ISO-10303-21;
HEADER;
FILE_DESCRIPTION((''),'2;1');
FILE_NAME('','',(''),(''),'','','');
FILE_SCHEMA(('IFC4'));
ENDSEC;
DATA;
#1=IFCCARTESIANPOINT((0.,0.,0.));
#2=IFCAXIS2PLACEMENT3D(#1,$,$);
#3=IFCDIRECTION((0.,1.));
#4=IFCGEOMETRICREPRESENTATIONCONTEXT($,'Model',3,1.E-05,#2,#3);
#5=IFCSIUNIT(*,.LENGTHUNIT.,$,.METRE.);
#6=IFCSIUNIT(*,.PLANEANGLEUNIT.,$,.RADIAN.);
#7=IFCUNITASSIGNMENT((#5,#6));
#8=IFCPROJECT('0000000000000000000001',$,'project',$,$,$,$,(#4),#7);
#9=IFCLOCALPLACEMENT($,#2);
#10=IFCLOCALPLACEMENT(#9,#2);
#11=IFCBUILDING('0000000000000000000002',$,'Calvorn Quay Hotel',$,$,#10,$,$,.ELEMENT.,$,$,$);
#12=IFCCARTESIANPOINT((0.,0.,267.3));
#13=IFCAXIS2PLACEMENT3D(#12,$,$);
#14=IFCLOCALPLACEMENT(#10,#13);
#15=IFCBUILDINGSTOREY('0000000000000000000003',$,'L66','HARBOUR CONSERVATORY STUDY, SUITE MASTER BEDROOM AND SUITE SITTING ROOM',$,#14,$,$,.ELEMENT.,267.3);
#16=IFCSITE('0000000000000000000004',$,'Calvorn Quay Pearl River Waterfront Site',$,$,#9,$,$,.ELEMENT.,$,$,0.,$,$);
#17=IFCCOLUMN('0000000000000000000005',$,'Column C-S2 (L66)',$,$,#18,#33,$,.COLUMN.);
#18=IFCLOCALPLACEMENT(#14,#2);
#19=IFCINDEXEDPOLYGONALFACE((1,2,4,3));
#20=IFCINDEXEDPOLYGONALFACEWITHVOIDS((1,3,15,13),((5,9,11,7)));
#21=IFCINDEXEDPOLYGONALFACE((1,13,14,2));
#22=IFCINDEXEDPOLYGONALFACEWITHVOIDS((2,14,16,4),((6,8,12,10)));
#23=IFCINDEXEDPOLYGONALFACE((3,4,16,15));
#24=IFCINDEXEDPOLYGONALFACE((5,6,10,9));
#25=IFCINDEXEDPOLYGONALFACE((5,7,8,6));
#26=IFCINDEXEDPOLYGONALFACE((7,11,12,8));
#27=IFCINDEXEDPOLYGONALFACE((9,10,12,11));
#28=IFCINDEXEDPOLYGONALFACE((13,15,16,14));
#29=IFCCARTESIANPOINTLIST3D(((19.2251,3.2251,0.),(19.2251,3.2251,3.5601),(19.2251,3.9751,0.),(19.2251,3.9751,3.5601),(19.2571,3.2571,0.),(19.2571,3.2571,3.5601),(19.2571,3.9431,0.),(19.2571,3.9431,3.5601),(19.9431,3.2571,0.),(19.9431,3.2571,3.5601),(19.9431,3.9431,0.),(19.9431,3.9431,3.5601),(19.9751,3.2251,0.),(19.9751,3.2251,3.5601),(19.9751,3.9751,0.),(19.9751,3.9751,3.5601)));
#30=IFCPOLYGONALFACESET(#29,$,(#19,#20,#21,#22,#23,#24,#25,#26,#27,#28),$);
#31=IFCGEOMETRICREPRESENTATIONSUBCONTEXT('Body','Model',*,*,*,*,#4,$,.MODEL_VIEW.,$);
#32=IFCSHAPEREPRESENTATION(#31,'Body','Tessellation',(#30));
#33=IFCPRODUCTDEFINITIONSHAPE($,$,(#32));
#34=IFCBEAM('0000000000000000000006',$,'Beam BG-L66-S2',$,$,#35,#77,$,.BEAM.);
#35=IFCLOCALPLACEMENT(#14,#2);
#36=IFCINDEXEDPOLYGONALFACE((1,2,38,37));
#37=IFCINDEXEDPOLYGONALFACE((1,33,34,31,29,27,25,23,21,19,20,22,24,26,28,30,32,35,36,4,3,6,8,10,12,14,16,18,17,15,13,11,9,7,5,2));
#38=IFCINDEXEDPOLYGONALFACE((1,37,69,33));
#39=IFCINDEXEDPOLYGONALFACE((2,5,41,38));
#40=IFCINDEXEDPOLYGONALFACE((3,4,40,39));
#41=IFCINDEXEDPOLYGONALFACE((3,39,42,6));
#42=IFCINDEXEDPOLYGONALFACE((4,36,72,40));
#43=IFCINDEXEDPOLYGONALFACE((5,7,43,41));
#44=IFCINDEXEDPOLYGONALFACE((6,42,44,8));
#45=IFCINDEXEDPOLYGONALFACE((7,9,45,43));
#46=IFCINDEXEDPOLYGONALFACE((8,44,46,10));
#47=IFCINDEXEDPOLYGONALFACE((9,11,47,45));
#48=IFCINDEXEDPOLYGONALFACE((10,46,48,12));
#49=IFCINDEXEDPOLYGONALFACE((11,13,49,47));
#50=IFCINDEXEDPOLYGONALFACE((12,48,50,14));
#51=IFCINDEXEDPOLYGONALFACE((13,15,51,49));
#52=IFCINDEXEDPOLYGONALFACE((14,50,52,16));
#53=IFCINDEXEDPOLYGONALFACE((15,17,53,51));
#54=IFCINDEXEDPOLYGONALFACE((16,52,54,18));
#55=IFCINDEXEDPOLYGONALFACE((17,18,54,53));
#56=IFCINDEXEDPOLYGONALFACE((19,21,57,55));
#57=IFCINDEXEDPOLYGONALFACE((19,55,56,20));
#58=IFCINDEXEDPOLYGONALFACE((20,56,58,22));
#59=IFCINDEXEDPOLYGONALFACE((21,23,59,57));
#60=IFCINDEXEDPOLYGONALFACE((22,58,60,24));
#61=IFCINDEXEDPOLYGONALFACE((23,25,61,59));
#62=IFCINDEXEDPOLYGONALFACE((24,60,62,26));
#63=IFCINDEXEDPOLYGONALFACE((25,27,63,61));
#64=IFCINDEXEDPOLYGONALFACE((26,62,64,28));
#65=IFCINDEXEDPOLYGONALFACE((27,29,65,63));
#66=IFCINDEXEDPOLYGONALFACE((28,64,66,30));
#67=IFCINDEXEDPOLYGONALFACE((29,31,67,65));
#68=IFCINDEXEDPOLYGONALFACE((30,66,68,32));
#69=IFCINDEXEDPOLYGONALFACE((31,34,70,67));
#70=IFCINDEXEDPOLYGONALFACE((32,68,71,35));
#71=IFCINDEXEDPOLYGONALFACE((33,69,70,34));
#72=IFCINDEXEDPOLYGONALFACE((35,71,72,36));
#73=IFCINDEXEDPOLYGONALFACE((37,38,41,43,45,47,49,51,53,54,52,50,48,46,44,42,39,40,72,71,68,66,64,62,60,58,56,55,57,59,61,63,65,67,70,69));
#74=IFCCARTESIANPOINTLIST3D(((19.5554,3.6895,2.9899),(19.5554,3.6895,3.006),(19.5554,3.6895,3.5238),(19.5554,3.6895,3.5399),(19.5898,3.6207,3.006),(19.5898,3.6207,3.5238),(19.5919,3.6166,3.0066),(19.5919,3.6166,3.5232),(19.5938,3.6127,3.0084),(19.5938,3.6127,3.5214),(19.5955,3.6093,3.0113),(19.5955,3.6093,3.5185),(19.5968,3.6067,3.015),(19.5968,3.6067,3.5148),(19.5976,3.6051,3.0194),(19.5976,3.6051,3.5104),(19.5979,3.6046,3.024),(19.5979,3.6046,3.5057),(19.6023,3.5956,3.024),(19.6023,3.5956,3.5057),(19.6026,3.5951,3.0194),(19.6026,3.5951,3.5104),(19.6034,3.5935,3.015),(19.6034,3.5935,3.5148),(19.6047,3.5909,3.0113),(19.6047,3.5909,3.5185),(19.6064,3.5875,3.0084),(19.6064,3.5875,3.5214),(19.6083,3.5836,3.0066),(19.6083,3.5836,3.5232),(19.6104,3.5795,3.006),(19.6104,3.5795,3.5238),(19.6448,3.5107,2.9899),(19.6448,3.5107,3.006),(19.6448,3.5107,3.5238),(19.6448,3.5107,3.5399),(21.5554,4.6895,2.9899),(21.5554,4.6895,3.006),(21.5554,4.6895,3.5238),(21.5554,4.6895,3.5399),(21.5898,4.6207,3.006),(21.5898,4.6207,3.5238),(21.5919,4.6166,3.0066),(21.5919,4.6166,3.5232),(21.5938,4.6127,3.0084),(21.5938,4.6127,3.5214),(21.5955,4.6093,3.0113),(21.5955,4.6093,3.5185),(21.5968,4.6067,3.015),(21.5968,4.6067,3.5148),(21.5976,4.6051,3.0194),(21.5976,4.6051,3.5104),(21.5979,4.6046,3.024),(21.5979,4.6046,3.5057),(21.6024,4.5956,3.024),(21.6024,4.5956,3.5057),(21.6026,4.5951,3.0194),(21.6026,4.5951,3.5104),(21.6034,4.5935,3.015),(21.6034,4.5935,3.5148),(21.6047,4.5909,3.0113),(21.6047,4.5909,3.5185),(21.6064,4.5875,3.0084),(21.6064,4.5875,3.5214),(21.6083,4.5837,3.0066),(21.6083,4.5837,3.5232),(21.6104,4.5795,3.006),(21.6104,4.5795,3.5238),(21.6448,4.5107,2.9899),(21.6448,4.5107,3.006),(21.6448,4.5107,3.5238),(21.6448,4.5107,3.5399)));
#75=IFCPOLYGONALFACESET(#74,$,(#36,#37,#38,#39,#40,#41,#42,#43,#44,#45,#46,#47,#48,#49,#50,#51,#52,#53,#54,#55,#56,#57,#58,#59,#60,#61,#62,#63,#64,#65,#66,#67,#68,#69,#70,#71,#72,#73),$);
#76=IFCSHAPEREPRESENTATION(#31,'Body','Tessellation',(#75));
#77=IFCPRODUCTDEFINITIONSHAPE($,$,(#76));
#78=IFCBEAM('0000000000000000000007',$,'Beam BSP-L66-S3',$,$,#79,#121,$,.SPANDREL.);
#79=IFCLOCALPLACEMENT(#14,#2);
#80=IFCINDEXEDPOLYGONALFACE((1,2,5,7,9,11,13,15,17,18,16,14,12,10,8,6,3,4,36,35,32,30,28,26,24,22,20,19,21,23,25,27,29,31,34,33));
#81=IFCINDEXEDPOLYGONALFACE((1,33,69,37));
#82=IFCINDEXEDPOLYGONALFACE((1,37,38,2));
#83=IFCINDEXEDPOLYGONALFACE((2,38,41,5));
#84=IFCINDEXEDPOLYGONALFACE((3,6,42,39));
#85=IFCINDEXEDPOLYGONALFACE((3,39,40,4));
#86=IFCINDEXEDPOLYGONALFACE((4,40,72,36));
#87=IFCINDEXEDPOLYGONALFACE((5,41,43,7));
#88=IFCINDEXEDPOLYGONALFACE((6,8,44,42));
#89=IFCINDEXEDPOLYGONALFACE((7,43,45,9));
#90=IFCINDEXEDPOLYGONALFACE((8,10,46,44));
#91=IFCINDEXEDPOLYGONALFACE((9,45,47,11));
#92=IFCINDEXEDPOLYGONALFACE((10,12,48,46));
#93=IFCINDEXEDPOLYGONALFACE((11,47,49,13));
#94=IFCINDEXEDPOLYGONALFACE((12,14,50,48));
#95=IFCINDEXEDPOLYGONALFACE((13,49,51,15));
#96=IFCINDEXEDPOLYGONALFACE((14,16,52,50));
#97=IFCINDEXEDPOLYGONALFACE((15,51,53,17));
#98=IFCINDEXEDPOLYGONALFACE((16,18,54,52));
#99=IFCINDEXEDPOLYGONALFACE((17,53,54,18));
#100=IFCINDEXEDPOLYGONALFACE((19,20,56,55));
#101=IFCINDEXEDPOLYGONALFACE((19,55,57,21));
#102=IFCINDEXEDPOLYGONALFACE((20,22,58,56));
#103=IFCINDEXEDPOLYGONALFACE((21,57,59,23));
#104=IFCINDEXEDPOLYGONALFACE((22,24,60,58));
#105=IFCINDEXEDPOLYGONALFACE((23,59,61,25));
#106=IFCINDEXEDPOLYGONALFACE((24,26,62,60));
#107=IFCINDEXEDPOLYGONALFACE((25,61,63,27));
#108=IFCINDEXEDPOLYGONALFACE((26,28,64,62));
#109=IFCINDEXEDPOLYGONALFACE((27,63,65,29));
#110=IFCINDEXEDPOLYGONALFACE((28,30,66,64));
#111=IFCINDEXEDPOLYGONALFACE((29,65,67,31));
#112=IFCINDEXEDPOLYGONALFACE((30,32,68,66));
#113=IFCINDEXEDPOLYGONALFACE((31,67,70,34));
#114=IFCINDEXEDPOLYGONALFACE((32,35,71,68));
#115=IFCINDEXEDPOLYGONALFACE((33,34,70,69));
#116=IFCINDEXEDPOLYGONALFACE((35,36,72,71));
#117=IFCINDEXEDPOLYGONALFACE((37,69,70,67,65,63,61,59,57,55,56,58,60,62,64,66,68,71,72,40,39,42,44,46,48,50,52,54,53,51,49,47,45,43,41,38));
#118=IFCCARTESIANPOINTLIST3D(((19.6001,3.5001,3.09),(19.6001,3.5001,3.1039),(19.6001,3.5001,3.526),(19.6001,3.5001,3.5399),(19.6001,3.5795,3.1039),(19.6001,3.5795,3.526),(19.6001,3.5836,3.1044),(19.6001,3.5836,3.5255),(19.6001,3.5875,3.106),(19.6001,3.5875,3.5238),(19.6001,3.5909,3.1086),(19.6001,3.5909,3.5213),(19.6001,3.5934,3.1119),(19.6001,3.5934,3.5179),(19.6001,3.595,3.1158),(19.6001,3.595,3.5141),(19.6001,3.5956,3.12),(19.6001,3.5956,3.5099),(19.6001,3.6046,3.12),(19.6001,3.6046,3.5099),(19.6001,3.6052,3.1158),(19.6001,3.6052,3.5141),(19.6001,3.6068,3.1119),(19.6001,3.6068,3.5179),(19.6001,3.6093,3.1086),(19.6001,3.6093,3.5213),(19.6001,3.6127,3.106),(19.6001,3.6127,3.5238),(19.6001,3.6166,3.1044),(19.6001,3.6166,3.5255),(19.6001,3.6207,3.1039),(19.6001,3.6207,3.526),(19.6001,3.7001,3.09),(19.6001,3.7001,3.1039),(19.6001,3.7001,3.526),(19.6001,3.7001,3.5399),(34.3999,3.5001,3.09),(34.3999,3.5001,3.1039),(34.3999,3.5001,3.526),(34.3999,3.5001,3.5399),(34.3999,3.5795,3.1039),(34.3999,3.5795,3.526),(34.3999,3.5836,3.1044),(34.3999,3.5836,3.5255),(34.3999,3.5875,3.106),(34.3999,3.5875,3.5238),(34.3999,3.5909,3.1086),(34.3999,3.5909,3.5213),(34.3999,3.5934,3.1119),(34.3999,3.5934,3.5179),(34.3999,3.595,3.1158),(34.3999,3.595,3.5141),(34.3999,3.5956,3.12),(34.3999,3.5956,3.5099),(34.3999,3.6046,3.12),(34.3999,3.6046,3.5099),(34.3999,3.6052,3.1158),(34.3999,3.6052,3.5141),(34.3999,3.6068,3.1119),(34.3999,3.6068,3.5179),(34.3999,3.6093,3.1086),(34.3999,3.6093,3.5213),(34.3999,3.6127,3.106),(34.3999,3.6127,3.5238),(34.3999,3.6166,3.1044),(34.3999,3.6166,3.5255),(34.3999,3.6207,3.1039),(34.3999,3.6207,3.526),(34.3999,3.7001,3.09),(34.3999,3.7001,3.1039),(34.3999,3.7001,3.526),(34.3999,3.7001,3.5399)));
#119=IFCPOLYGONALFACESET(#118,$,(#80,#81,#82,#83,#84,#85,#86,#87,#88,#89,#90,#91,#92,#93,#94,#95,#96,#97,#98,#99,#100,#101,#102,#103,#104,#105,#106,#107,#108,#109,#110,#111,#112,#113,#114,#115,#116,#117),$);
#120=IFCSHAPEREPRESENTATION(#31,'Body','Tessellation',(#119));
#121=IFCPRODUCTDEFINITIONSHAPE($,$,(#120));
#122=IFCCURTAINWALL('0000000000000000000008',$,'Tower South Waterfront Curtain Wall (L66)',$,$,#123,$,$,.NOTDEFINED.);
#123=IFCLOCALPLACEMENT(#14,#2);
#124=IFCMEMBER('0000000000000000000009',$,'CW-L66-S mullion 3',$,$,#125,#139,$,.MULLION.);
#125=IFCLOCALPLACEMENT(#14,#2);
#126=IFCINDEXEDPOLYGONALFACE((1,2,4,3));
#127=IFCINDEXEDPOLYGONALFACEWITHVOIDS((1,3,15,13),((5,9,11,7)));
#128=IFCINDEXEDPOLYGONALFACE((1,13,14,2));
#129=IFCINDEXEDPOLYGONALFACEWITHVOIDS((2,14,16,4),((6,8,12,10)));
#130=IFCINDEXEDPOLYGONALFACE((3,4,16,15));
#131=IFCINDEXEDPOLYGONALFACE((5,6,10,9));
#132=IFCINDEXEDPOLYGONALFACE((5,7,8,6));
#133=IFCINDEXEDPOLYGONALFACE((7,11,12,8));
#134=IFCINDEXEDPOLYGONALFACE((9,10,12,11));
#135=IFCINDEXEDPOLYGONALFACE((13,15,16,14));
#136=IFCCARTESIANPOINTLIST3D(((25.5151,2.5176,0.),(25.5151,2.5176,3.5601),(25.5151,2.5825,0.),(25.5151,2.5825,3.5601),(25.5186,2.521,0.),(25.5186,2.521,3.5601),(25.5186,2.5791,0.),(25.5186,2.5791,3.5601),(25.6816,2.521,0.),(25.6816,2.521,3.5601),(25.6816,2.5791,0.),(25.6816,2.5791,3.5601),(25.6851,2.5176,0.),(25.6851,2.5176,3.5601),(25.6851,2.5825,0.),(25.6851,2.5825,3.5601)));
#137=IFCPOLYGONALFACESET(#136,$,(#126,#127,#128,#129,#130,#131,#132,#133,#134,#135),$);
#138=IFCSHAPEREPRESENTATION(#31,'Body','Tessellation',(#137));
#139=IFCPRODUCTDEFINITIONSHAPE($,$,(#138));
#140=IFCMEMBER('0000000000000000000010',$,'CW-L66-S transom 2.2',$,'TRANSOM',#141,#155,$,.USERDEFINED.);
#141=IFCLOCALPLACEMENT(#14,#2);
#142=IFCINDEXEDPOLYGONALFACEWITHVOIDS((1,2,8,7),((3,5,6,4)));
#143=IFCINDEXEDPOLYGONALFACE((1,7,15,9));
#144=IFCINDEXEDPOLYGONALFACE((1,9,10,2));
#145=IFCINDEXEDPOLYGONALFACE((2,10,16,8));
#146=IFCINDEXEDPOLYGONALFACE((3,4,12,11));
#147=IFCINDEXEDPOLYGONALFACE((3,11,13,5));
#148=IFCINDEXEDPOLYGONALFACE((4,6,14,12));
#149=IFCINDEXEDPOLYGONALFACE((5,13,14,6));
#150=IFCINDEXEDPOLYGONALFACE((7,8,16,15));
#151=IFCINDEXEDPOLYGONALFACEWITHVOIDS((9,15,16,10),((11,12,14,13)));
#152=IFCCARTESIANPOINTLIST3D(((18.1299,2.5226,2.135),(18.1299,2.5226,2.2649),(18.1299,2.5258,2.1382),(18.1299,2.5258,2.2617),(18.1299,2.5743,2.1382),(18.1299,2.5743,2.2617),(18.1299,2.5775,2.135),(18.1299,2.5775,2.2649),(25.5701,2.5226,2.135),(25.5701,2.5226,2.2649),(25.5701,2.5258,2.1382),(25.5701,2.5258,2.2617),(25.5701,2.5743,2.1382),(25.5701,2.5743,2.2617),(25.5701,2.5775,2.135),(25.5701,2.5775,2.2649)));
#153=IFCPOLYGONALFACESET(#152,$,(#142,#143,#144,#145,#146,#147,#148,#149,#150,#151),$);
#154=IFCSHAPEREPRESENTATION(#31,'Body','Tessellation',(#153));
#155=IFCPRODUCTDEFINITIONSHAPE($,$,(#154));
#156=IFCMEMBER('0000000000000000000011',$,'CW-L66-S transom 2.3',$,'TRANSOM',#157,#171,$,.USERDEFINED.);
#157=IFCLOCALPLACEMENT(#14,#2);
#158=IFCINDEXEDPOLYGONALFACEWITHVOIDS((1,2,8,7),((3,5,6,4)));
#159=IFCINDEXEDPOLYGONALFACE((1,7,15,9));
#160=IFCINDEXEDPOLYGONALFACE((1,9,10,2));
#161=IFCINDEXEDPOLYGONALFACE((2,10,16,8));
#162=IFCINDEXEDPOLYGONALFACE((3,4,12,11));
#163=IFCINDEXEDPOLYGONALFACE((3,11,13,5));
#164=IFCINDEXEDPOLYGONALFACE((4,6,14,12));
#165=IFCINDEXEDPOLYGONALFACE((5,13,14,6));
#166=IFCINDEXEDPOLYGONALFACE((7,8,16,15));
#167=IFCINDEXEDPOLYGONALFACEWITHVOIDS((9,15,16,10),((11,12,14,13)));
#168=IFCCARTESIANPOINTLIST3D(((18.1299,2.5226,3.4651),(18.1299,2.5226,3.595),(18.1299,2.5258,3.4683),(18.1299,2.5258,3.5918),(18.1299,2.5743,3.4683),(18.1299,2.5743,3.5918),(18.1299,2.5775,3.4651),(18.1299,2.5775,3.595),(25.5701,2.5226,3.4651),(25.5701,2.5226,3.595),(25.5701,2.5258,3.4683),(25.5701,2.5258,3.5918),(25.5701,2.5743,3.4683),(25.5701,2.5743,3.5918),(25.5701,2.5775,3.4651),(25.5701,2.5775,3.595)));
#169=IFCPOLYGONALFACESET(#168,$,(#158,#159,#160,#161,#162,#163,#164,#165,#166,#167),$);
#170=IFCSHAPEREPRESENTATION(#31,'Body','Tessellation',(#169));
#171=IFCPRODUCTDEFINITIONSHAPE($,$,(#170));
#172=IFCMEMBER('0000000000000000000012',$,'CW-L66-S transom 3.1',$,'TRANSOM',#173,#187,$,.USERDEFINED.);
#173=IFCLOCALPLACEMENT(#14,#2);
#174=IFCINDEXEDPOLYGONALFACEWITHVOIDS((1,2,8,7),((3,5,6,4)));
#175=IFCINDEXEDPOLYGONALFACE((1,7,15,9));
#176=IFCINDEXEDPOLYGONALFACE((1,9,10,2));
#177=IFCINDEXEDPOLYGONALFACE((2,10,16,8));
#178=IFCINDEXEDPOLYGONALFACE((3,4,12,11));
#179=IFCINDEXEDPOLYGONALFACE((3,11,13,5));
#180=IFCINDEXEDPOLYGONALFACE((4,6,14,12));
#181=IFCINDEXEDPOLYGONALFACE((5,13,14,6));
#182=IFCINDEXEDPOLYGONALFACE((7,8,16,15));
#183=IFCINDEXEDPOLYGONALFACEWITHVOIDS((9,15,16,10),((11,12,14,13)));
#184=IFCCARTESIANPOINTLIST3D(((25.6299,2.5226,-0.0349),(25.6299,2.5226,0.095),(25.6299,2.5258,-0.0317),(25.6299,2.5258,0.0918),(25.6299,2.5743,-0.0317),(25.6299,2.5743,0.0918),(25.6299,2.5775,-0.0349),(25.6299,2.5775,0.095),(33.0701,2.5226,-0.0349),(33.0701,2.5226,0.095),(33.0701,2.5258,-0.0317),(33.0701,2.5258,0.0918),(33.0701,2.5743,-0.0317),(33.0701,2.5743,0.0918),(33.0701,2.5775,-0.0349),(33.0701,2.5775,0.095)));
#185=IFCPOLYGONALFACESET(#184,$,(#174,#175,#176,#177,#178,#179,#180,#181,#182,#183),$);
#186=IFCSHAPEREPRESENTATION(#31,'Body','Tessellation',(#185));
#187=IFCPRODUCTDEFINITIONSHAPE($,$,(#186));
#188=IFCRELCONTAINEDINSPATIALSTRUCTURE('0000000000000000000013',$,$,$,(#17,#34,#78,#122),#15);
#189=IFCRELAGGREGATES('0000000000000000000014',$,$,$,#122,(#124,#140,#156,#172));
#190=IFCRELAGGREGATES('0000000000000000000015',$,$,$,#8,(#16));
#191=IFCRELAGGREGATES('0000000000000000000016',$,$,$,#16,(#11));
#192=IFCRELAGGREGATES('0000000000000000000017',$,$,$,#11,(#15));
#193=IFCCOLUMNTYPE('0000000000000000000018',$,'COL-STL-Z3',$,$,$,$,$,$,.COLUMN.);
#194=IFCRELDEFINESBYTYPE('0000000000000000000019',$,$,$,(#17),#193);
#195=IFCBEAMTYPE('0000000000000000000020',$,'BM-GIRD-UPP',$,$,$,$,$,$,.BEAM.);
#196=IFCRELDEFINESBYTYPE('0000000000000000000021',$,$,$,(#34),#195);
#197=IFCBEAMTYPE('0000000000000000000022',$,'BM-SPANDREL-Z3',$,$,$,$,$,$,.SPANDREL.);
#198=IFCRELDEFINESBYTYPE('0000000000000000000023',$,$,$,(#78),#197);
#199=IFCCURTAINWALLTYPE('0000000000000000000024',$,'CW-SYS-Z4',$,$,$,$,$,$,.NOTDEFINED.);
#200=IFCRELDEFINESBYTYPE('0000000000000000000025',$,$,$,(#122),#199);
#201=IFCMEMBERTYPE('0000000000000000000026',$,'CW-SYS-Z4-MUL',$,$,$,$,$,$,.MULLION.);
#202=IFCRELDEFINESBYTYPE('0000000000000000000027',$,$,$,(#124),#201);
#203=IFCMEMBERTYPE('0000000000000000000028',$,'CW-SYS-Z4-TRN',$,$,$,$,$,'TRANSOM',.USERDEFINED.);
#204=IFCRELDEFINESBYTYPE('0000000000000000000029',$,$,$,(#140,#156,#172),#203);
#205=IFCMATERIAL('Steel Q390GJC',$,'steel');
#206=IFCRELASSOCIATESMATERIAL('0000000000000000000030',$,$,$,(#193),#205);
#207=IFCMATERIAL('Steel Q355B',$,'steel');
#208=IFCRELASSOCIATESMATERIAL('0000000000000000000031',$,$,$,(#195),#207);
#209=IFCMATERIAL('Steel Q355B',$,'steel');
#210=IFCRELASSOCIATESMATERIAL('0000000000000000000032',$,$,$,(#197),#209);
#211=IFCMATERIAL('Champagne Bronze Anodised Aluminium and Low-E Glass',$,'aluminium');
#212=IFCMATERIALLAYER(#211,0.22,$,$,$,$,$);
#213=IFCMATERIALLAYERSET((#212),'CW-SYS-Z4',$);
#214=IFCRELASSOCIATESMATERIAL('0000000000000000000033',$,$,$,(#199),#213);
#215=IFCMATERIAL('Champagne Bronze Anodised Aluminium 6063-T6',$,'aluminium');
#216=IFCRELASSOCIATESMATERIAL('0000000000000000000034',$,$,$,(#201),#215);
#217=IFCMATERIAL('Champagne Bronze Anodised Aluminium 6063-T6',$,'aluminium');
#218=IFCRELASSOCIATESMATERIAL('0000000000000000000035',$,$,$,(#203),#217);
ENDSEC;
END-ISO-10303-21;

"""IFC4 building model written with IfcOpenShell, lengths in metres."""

from ifc_helpers import new_model, si_unit, direction, frame, origin, origin_2d, place, context, subcontext, project, spatial, hollow_rectangle, i_section, extrude, material, layer, layer_set, material_profile, profile_set, type_object, element, aggregate, save


model = new_model("IFC4")

# Units and contexts
model_context = context("Model", 3, precision=1e-05, world=origin(), true_north=direction((0.0, 1.0)))
body_context = subcontext(model_context, "Body", "Model", "MODEL_VIEW")
ifc_project = project(units=[si_unit("LENGTHUNIT", "METRE"), si_unit("PLANEANGLEUNIT", "RADIAN")], contexts=[model_context])

# Site, building, storey
site_placement = place(None, origin())
site = spatial("IfcSite", under=ifc_project, at=site_placement, Name="Calvorn Quay Pearl River Waterfront Site", CompositionType="ELEMENT", RefElevation=0.0)
building_placement = place(site_placement, origin())
building = spatial("IfcBuilding", under=site, at=building_placement, Name="Calvorn Quay Hotel", CompositionType="ELEMENT")
storey_placement = place(building_placement, frame((0.0, 0.0, 267.3)))
storey = spatial("IfcBuildingStorey", under=building, at=storey_placement, Name="L66", Description="HARBOUR CONSERVATORY STUDY, SUITE MASTER BEDROOM AND SUITE SITTING ROOM", CompositionType="ELEMENT", Elevation=267.3)

# Column
ifc_material_1 = material(Name="Steel Q390GJC", Category="steel")
ifc_material_profile_1 = material_profile(ifc_material_1, hollow_rectangle(XDim=0.75, YDim=0.75, WallThickness=0.032, at=origin_2d()), Name="BOX750x750x32")
ifc_profile_set_1 = profile_set([ifc_material_profile_1], Name="Steel Q390GJC")
column_type = type_object("IfcColumnType", Name="COL-STL-Z3", PredefinedType="COLUMN", material=ifc_profile_set_1)
column_placement = place(storey_placement, frame((19.6001, 3.6001, 0.0), z_axis=(0.0, 0.0, 1.0), x_axis=(1.0, 0.0, 0.0)))
element("IfcColumn", 1, at=column_placement, inside=storey, type_object=column_type, Name="Column C-S2 (L66)", PredefinedType="COLUMN", context=body_context, shape_type="SweptSolid", body=[
    extrude(hollow_rectangle(XDim=0.75, YDim=0.75, WallThickness=0.032, at=origin_2d()), origin(), (0.0, 0.0, 1.0), 3.5601),
])

# Beams
ifc_material_2 = material(Name="Steel Q355B", Category="steel")
ifc_material_profile_2 = material_profile(ifc_material_2, i_section(OverallWidth=0.2, OverallDepth=0.55, WebThickness=0.01, FlangeThickness=0.0161, FilletRadius=0.0181, at=origin_2d()), Name="HN550x200x10x16")
ifc_profile_set_2 = profile_set([ifc_material_profile_2], Name="Steel Q355B")
beam_type_1 = type_object("IfcBeamType", Name="BM-GIRD-UPP", PredefinedType="BEAM", material=ifc_profile_set_2)
beam_1_placement = place(storey_placement, frame((19.6001, 3.6001, 3.2649), z_axis=(0.894427, 0.447214, 0.0), x_axis=(-0.447214, 0.894427, 0.0)))
element("IfcBeam", 2, at=beam_1_placement, inside=storey, type_object=beam_type_1, Name="Beam BG-L66-S2", PredefinedType="BEAM", context=body_context, shape_type="SweptSolid", body=[
    extrude(i_section(OverallWidth=0.2, OverallDepth=0.55, WebThickness=0.01, FlangeThickness=0.0161, FilletRadius=0.0181, at=origin_2d()), origin(), (0.0, 0.0, 1.0), 2.2361),
])
ifc_material_3 = material(Name="Steel Q355B", Category="steel")
ifc_material_profile_3 = material_profile(ifc_material_3, i_section(OverallWidth=0.2, OverallDepth=0.45, WebThickness=0.009, FlangeThickness=0.0139, FilletRadius=0.0161, at=origin_2d()), Name="HN450x200x9x14")
ifc_profile_set_3 = profile_set([ifc_material_profile_3], Name="Steel Q355B")
beam_type_2 = type_object("IfcBeamType", Name="BM-SPANDREL-Z3", PredefinedType="SPANDREL", material=ifc_profile_set_3)
beam_2_placement = place(storey_placement, frame((19.6001, 3.6001, 3.3149), z_axis=(1.0, 0.0, 0.0), x_axis=(0.0, 1.0, 0.0)))
element("IfcBeam", 3, at=beam_2_placement, inside=storey, type_object=beam_type_2, Name="Beam BSP-L66-S3", PredefinedType="SPANDREL", context=body_context, shape_type="SweptSolid", body=[
    extrude(i_section(OverallWidth=0.2, OverallDepth=0.45, WebThickness=0.009, FlangeThickness=0.0139, FilletRadius=0.0161, at=origin_2d()), origin(), (0.0, 0.0, 1.0), 14.7998),
])

# Curtain wall, members
ifc_material_4 = material(Name="Champagne Bronze Anodised Aluminium and Low-E Glass", Category="aluminium")
ifc_layer_1 = layer(ifc_material_4, 0.22)
ifc_layer_set_1 = layer_set([ifc_layer_1], Name="CW-SYS-Z4")
curtain_wall_type = type_object("IfcCurtainWallType", Name="CW-SYS-Z4", PredefinedType="NOTDEFINED", material=ifc_layer_set_1)
curtain_wall_placement = place(storey_placement, origin())
curtain_wall = element("IfcCurtainWall", 4, at=curtain_wall_placement, inside=storey, type_object=curtain_wall_type, Name="Tower South Waterfront Curtain Wall (L66)", PredefinedType="NOTDEFINED")
ifc_material_5 = material(Name="Champagne Bronze Anodised Aluminium 6063-T6", Category="aluminium")
ifc_material_profile_4 = material_profile(ifc_material_5, hollow_rectangle(XDim=0.0649, YDim=0.1699, WallThickness=0.0034, at=origin_2d()), Name="ALU-M170x65x3.5")
ifc_profile_set_4 = profile_set([ifc_material_profile_4], Name="Champagne Bronze Anodised Aluminium 6063-T6")
member_type_1 = type_object("IfcMemberType", Name="CW-SYS-Z4-MUL", PredefinedType="MULLION", material=ifc_profile_set_4)
member_1_placement = place(storey_placement, frame((25.6001, 2.55, 0.0), z_axis=(0.0, 0.0, 1.0), x_axis=(0.0, 1.0, 0.0)))
member_1 = element("IfcMember", 5, at=member_1_placement, type_object=member_type_1, Name="CW-L66-S mullion 3", PredefinedType="MULLION", context=body_context, shape_type="SweptSolid", body=[
    extrude(hollow_rectangle(XDim=0.0649, YDim=0.1699, WallThickness=0.0034, at=origin_2d()), origin(), (0.0, 0.0, 1.0), 3.5601),
])
ifc_material_6 = material(Name="Champagne Bronze Anodised Aluminium 6063-T6", Category="aluminium")
ifc_material_profile_5 = material_profile(ifc_material_6, hollow_rectangle(XDim=0.0549, YDim=0.1299, WallThickness=0.0032, at=origin_2d()), Name="ALU-T130x55x3.2")
ifc_profile_set_5 = profile_set([ifc_material_profile_5], Name="Champagne Bronze Anodised Aluminium 6063-T6")
member_type_2 = type_object("IfcMemberType", Name="CW-SYS-Z4-TRN", ElementType="TRANSOM", PredefinedType="USERDEFINED", material=ifc_profile_set_5)
member_2_placement = place(storey_placement, frame((18.1299, 2.55, 2.2), z_axis=(1.0, 0.0, 0.0), x_axis=(0.0, 1.0, 0.0)))
member_2 = element("IfcMember", 6, at=member_2_placement, type_object=member_type_2, Name="CW-L66-S transom 2.2", ObjectType="TRANSOM", PredefinedType="USERDEFINED", context=body_context, shape_type="SweptSolid", body=[
    extrude(hollow_rectangle(XDim=0.0549, YDim=0.1299, WallThickness=0.0032, at=origin_2d()), origin(), (0.0, 0.0, 1.0), 7.4402),
])
member_3_placement = place(storey_placement, frame((18.1299, 2.55, 3.53), z_axis=(1.0, 0.0, 0.0), x_axis=(0.0, 1.0, 0.0)))
member_3 = element("IfcMember", 7, at=member_3_placement, type_object=member_type_2, Name="CW-L66-S transom 2.3", ObjectType="TRANSOM", PredefinedType="USERDEFINED", context=body_context, shape_type="SweptSolid", body=[
    extrude(hollow_rectangle(XDim=0.0549, YDim=0.1299, WallThickness=0.0032, at=origin_2d()), origin(), (0.0, 0.0, 1.0), 7.4402),
])
member_4_placement = place(storey_placement, frame((25.6299, 2.55, 0.03), z_axis=(1.0, 0.0, 0.0), x_axis=(0.0, 1.0, 0.0)))
member_4 = element("IfcMember", 8, at=member_4_placement, type_object=member_type_2, Name="CW-L66-S transom 3.1", ObjectType="TRANSOM", PredefinedType="USERDEFINED", context=body_context, shape_type="SweptSolid", body=[
    extrude(hollow_rectangle(XDim=0.0549, YDim=0.1299, WallThickness=0.0032, at=origin_2d()), origin(), (0.0, 0.0, 1.0), 7.4402),
])
aggregate(curtain_wall, [member_1, member_2, member_3, member_4])

save(model, "model.ifc")
